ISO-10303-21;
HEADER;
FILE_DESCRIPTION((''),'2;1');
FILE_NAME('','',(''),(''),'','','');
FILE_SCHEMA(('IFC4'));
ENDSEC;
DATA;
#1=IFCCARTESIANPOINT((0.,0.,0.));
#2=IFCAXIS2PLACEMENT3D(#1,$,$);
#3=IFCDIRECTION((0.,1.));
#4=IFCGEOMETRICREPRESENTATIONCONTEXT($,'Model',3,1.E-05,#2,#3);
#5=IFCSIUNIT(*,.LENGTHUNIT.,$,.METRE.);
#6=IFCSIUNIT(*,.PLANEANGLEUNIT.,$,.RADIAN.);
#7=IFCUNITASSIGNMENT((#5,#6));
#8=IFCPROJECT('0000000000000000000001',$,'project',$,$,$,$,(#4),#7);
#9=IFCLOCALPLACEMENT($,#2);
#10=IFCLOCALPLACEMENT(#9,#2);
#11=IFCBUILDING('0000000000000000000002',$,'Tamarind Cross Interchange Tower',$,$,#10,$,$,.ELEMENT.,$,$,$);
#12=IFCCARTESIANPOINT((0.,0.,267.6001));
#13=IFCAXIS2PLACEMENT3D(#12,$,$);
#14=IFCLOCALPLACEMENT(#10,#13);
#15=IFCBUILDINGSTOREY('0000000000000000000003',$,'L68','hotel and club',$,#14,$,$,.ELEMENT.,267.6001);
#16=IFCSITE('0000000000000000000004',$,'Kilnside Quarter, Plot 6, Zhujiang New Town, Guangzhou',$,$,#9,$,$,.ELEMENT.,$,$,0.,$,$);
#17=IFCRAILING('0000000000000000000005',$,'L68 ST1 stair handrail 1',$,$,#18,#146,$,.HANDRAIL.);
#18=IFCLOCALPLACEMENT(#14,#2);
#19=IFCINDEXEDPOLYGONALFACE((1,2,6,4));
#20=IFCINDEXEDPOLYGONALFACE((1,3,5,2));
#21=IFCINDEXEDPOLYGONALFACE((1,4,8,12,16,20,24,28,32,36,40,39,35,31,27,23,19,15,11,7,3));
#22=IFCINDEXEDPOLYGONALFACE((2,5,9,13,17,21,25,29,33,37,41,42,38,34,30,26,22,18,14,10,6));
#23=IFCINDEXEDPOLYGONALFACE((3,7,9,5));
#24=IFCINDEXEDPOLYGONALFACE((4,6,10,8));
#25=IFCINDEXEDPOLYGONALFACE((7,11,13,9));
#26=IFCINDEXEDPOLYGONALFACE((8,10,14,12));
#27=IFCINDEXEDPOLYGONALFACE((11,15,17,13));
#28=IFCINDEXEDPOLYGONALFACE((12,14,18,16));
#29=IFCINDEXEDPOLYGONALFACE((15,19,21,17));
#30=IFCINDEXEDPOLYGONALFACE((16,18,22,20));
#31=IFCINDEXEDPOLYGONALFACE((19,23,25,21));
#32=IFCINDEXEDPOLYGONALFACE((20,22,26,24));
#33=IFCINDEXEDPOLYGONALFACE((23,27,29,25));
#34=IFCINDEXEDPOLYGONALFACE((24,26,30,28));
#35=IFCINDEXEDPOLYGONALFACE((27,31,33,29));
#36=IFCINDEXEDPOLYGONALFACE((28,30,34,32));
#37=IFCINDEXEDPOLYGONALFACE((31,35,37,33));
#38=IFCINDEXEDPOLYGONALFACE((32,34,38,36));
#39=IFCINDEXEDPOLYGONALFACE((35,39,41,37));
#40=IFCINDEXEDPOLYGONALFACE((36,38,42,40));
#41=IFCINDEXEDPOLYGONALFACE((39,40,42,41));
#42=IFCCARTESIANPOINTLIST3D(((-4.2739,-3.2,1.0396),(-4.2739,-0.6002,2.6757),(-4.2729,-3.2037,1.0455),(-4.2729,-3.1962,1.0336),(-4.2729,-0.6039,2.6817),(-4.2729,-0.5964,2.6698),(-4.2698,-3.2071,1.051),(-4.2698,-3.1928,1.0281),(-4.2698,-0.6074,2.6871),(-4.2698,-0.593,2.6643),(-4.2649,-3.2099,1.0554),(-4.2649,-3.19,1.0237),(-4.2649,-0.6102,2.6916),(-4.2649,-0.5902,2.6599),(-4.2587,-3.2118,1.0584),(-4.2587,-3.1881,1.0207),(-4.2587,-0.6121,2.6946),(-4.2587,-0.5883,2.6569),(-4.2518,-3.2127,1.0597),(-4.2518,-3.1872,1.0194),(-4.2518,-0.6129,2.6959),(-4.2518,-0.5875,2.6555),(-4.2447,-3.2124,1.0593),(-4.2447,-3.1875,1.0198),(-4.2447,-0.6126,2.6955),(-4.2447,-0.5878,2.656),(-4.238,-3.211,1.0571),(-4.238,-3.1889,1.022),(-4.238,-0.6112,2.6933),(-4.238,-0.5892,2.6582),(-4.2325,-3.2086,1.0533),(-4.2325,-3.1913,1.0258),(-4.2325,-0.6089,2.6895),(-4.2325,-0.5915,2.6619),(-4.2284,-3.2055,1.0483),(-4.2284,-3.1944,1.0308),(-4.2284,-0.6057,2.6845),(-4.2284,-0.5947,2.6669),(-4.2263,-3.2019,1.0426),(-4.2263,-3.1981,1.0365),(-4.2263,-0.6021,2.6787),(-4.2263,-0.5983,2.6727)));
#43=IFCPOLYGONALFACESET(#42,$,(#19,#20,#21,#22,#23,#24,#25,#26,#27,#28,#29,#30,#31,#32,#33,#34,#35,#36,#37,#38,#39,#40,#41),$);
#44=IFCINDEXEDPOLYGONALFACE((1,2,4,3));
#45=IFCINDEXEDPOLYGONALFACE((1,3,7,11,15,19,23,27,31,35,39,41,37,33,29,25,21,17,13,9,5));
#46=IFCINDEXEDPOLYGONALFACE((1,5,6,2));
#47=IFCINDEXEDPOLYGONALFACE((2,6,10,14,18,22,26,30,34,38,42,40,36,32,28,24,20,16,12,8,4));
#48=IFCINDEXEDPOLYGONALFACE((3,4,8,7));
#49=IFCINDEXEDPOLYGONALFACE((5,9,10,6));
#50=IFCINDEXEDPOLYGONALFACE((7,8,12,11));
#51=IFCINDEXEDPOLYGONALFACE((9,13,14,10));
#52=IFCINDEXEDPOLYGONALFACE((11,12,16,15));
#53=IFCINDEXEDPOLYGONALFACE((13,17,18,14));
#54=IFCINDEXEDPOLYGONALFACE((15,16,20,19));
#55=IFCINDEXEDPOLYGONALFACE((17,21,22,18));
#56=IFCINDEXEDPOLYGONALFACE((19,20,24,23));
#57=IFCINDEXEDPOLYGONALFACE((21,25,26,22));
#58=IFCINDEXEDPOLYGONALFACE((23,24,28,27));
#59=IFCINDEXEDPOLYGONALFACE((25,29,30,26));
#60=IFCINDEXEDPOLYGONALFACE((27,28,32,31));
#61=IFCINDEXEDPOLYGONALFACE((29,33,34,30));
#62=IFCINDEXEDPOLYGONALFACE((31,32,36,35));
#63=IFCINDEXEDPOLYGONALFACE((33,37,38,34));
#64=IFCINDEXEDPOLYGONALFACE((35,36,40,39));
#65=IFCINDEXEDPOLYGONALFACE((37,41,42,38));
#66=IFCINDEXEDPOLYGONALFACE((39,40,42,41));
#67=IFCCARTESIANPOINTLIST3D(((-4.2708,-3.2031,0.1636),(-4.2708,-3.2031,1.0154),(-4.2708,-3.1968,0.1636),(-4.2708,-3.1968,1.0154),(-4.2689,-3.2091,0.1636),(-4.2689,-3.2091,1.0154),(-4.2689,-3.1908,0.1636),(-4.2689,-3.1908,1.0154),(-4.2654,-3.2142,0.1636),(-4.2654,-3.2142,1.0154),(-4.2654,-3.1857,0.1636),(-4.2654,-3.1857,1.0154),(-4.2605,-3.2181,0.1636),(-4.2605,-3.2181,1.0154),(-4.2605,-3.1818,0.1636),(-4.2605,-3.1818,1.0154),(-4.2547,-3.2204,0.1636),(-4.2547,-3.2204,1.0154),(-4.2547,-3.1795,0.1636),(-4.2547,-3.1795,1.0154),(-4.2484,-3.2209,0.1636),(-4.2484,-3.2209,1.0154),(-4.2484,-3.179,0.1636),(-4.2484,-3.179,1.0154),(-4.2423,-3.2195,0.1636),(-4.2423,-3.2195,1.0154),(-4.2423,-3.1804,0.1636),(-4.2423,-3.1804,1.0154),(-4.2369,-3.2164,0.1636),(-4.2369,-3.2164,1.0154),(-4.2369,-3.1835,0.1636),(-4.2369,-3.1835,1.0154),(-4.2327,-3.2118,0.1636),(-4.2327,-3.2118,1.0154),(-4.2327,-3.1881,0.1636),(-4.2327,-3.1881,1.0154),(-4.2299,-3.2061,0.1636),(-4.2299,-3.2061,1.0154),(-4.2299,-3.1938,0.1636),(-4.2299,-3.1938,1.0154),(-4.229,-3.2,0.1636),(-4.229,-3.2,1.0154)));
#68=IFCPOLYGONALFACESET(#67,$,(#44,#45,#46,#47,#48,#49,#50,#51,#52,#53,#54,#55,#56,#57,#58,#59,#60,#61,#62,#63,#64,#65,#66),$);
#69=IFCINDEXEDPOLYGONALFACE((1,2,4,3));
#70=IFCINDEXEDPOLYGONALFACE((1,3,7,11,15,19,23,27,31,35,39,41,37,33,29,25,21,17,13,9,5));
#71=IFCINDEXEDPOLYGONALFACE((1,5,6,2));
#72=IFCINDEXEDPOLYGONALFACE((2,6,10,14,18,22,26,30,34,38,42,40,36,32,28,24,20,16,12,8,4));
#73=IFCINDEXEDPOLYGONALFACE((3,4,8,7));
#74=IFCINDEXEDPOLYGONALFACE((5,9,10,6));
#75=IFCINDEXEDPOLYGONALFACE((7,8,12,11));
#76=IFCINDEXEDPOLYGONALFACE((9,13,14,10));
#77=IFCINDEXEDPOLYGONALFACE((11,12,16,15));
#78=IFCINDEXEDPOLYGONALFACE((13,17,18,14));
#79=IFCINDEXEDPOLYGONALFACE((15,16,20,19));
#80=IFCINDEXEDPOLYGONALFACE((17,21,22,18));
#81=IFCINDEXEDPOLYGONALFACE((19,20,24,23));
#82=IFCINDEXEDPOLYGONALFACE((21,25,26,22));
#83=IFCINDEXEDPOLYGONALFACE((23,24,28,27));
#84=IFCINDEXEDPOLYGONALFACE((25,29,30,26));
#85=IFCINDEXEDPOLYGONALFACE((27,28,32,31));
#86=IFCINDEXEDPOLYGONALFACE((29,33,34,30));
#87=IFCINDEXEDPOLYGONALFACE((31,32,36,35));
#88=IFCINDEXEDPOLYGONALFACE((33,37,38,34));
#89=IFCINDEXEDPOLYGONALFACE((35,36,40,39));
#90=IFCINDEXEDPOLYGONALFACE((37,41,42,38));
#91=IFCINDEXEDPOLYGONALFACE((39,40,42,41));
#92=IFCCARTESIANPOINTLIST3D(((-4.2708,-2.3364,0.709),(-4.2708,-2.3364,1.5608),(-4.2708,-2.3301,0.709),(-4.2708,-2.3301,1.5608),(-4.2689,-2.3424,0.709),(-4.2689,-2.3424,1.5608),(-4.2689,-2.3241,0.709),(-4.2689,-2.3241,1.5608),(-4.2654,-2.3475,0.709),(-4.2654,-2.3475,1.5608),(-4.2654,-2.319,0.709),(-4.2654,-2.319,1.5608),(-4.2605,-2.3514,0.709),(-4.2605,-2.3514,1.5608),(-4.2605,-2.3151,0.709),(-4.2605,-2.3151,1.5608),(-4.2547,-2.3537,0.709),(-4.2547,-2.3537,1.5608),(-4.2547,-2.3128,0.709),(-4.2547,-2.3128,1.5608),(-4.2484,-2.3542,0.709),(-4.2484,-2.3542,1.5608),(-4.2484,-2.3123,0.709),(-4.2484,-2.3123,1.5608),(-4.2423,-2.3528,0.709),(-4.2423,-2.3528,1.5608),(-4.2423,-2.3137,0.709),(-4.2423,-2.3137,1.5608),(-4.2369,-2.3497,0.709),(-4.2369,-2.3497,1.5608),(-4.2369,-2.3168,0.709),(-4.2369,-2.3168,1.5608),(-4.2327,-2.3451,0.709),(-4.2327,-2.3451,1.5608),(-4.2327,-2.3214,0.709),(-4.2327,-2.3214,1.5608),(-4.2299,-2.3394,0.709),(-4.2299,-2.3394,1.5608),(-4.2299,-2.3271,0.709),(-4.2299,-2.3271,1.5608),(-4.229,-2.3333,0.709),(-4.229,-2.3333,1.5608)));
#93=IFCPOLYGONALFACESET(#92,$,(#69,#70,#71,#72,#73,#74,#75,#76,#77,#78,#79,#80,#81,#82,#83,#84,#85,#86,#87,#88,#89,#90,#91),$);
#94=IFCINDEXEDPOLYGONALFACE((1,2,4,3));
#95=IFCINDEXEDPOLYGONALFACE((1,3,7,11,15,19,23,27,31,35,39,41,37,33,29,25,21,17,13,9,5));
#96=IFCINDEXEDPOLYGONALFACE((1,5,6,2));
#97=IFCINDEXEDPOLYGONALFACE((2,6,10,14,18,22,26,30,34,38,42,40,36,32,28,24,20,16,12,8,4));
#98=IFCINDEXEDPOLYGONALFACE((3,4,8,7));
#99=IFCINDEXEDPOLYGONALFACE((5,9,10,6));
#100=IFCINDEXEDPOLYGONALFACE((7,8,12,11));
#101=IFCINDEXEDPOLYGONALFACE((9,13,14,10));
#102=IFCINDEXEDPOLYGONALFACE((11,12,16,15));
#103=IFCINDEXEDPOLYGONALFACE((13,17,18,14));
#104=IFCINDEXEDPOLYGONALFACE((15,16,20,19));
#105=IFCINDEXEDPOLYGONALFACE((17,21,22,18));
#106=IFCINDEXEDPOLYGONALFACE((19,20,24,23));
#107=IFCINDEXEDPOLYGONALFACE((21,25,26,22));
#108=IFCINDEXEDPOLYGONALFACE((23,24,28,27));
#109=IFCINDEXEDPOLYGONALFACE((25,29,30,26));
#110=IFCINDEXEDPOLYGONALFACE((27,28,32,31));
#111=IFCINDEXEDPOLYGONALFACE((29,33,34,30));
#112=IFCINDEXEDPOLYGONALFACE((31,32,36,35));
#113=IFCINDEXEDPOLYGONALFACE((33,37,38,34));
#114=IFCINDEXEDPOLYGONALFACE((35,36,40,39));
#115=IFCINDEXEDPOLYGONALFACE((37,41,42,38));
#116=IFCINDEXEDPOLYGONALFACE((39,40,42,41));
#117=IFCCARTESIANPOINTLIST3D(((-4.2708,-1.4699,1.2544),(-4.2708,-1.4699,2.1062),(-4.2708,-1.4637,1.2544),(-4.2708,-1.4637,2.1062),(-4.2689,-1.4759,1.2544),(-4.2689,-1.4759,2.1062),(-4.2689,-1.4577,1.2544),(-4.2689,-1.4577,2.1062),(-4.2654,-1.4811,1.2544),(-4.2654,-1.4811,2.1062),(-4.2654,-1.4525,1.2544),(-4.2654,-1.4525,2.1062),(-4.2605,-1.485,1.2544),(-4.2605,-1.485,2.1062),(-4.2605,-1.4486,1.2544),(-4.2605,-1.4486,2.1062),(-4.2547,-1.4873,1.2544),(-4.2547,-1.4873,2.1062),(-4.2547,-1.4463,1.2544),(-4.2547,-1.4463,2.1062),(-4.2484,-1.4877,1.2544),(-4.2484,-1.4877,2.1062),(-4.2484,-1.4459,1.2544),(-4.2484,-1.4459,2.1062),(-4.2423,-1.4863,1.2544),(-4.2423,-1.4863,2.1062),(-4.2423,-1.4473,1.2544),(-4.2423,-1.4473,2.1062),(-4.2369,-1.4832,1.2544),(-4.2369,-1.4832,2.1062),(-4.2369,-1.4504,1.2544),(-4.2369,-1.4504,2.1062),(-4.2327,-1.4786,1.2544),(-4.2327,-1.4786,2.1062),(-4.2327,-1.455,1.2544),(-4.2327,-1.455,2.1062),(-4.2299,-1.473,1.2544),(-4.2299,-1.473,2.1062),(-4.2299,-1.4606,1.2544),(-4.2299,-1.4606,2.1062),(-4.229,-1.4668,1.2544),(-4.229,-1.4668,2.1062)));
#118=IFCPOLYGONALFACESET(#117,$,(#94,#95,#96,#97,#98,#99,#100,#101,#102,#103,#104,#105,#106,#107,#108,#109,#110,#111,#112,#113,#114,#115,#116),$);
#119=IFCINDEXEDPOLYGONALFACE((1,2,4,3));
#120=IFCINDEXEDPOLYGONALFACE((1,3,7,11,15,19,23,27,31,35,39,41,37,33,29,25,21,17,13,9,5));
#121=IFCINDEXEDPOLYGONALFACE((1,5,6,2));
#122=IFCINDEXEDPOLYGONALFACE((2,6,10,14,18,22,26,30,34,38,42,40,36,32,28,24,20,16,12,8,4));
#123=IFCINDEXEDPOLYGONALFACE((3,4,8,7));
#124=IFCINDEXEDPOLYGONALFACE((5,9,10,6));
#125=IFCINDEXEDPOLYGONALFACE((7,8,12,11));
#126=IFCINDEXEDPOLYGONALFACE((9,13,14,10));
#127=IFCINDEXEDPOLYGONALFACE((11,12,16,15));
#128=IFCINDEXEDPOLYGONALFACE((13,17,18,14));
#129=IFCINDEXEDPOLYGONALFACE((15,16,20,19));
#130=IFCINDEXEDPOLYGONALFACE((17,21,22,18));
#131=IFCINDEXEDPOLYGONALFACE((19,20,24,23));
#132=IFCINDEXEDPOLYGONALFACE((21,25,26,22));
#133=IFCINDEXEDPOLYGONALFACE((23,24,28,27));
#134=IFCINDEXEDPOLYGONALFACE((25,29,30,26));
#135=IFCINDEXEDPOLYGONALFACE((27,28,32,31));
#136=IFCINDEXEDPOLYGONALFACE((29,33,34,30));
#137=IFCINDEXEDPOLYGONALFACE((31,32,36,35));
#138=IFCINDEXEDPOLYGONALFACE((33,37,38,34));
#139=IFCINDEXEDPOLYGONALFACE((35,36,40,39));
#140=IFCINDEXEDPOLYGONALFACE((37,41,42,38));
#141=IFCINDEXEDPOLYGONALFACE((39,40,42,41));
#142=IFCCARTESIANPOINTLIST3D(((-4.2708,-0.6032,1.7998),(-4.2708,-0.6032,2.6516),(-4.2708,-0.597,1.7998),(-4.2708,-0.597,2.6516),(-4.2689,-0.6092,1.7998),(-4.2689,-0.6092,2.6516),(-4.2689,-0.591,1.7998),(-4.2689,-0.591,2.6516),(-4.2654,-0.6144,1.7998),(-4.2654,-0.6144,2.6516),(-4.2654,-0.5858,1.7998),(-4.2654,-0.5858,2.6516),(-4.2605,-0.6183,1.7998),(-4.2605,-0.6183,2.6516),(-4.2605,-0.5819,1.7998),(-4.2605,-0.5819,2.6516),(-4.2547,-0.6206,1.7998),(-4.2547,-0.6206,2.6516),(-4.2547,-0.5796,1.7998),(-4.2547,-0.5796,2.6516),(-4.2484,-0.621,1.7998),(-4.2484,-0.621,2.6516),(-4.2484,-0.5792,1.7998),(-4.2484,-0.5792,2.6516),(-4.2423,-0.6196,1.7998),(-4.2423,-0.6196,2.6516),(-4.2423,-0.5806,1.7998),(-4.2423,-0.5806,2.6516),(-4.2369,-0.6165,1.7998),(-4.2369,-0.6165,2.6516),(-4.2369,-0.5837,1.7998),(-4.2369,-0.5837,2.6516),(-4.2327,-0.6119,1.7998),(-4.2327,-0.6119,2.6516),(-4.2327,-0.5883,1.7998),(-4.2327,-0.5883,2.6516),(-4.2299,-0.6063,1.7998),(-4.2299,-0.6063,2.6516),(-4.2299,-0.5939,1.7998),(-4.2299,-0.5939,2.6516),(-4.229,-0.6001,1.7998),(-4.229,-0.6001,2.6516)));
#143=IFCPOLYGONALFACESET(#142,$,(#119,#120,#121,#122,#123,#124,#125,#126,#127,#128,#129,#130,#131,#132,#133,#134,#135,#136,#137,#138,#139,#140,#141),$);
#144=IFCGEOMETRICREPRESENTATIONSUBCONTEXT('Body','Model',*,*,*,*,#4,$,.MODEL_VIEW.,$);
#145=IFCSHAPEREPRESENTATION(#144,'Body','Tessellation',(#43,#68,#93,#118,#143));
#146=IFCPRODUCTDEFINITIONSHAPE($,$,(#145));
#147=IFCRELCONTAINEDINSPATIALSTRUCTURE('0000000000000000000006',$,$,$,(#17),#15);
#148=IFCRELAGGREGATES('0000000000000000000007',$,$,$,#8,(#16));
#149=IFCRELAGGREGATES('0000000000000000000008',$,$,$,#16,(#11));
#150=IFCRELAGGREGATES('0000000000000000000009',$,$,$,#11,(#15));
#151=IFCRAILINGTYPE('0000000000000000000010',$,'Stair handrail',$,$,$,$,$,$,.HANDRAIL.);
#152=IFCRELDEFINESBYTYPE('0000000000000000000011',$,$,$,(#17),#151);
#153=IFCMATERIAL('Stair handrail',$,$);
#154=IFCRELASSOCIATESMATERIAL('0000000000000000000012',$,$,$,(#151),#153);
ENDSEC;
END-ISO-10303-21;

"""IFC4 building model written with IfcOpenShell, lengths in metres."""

from ifc_helpers import new_model, si_unit, direction, frame, origin, origin_2d, place, context, subcontext, project, spatial, circle, extrude, material, type_object, element, save


model = new_model("IFC4")

# Units and contexts
model_context = context("Model", 3, precision=1e-05, world=origin(), true_north=direction((0.0, 1.0)))
body_context = subcontext(model_context, "Body", "Model", "MODEL_VIEW")
ifc_project = project(units=[si_unit("LENGTHUNIT", "METRE"), si_unit("PLANEANGLEUNIT", "RADIAN")], contexts=[model_context])

# Site, building, storey
site_placement = place(None, origin())
site = spatial("IfcSite", under=ifc_project, at=site_placement, Name="Kilnside Quarter, Plot 6, Zhujiang New Town, Guangzhou", CompositionType="ELEMENT", RefElevation=0.0)
building_placement = place(site_placement, origin())
building = spatial("IfcBuilding", under=site, at=building_placement, Name="Tamarind Cross Interchange Tower", CompositionType="ELEMENT")
storey_placement = place(building_placement, frame((0.0, 0.0, 267.6001)))
storey = spatial("IfcBuildingStorey", under=building, at=storey_placement, Name="L68", Description="hotel and club", CompositionType="ELEMENT", Elevation=267.6001)

# Railing
ifc_material_1 = material(Name="Stair handrail")
railing_type_1 = type_object("IfcRailingType", Name="Stair handrail", PredefinedType="HANDRAIL", material=ifc_material_1)
railing_1_placement = place(storey_placement, frame((-4.25, -3.2, 0.1636)))
element("IfcRailing", 1, at=railing_1_placement, inside=storey, type_object=railing_type_1, Name="L68 ST1 stair handrail 1", PredefinedType="HANDRAIL", context=body_context, shape_type="SweptSolid", body=[
    extrude(circle(Radius=0.0239, at=origin_2d()), frame((0.0, 0.0, 0.876), z_axis=(0.0, 0.846338, 0.532647), x_axis=(-1.0, 0.0, 0.0)), (0.0, 0.0, 1.0), 3.0718),
    extrude(circle(Radius=0.021, at=origin_2d()), origin(), (0.0, 0.0, 1.0), 0.8518),
    extrude(circle(Radius=0.021, at=origin_2d()), frame((0.0, 0.8667, 0.5454)), (0.0, 0.0, 1.0), 0.8518),
    extrude(circle(Radius=0.021, at=origin_2d()), frame((0.0, 1.7332, 1.0908)), (0.0, 0.0, 1.0), 0.8518),
    extrude(circle(Radius=0.021, at=origin_2d()), frame((0.0, 2.5999, 1.6362)), (0.0, 0.0, 1.0), 0.8518),
])

save(model, "model.ifc")
